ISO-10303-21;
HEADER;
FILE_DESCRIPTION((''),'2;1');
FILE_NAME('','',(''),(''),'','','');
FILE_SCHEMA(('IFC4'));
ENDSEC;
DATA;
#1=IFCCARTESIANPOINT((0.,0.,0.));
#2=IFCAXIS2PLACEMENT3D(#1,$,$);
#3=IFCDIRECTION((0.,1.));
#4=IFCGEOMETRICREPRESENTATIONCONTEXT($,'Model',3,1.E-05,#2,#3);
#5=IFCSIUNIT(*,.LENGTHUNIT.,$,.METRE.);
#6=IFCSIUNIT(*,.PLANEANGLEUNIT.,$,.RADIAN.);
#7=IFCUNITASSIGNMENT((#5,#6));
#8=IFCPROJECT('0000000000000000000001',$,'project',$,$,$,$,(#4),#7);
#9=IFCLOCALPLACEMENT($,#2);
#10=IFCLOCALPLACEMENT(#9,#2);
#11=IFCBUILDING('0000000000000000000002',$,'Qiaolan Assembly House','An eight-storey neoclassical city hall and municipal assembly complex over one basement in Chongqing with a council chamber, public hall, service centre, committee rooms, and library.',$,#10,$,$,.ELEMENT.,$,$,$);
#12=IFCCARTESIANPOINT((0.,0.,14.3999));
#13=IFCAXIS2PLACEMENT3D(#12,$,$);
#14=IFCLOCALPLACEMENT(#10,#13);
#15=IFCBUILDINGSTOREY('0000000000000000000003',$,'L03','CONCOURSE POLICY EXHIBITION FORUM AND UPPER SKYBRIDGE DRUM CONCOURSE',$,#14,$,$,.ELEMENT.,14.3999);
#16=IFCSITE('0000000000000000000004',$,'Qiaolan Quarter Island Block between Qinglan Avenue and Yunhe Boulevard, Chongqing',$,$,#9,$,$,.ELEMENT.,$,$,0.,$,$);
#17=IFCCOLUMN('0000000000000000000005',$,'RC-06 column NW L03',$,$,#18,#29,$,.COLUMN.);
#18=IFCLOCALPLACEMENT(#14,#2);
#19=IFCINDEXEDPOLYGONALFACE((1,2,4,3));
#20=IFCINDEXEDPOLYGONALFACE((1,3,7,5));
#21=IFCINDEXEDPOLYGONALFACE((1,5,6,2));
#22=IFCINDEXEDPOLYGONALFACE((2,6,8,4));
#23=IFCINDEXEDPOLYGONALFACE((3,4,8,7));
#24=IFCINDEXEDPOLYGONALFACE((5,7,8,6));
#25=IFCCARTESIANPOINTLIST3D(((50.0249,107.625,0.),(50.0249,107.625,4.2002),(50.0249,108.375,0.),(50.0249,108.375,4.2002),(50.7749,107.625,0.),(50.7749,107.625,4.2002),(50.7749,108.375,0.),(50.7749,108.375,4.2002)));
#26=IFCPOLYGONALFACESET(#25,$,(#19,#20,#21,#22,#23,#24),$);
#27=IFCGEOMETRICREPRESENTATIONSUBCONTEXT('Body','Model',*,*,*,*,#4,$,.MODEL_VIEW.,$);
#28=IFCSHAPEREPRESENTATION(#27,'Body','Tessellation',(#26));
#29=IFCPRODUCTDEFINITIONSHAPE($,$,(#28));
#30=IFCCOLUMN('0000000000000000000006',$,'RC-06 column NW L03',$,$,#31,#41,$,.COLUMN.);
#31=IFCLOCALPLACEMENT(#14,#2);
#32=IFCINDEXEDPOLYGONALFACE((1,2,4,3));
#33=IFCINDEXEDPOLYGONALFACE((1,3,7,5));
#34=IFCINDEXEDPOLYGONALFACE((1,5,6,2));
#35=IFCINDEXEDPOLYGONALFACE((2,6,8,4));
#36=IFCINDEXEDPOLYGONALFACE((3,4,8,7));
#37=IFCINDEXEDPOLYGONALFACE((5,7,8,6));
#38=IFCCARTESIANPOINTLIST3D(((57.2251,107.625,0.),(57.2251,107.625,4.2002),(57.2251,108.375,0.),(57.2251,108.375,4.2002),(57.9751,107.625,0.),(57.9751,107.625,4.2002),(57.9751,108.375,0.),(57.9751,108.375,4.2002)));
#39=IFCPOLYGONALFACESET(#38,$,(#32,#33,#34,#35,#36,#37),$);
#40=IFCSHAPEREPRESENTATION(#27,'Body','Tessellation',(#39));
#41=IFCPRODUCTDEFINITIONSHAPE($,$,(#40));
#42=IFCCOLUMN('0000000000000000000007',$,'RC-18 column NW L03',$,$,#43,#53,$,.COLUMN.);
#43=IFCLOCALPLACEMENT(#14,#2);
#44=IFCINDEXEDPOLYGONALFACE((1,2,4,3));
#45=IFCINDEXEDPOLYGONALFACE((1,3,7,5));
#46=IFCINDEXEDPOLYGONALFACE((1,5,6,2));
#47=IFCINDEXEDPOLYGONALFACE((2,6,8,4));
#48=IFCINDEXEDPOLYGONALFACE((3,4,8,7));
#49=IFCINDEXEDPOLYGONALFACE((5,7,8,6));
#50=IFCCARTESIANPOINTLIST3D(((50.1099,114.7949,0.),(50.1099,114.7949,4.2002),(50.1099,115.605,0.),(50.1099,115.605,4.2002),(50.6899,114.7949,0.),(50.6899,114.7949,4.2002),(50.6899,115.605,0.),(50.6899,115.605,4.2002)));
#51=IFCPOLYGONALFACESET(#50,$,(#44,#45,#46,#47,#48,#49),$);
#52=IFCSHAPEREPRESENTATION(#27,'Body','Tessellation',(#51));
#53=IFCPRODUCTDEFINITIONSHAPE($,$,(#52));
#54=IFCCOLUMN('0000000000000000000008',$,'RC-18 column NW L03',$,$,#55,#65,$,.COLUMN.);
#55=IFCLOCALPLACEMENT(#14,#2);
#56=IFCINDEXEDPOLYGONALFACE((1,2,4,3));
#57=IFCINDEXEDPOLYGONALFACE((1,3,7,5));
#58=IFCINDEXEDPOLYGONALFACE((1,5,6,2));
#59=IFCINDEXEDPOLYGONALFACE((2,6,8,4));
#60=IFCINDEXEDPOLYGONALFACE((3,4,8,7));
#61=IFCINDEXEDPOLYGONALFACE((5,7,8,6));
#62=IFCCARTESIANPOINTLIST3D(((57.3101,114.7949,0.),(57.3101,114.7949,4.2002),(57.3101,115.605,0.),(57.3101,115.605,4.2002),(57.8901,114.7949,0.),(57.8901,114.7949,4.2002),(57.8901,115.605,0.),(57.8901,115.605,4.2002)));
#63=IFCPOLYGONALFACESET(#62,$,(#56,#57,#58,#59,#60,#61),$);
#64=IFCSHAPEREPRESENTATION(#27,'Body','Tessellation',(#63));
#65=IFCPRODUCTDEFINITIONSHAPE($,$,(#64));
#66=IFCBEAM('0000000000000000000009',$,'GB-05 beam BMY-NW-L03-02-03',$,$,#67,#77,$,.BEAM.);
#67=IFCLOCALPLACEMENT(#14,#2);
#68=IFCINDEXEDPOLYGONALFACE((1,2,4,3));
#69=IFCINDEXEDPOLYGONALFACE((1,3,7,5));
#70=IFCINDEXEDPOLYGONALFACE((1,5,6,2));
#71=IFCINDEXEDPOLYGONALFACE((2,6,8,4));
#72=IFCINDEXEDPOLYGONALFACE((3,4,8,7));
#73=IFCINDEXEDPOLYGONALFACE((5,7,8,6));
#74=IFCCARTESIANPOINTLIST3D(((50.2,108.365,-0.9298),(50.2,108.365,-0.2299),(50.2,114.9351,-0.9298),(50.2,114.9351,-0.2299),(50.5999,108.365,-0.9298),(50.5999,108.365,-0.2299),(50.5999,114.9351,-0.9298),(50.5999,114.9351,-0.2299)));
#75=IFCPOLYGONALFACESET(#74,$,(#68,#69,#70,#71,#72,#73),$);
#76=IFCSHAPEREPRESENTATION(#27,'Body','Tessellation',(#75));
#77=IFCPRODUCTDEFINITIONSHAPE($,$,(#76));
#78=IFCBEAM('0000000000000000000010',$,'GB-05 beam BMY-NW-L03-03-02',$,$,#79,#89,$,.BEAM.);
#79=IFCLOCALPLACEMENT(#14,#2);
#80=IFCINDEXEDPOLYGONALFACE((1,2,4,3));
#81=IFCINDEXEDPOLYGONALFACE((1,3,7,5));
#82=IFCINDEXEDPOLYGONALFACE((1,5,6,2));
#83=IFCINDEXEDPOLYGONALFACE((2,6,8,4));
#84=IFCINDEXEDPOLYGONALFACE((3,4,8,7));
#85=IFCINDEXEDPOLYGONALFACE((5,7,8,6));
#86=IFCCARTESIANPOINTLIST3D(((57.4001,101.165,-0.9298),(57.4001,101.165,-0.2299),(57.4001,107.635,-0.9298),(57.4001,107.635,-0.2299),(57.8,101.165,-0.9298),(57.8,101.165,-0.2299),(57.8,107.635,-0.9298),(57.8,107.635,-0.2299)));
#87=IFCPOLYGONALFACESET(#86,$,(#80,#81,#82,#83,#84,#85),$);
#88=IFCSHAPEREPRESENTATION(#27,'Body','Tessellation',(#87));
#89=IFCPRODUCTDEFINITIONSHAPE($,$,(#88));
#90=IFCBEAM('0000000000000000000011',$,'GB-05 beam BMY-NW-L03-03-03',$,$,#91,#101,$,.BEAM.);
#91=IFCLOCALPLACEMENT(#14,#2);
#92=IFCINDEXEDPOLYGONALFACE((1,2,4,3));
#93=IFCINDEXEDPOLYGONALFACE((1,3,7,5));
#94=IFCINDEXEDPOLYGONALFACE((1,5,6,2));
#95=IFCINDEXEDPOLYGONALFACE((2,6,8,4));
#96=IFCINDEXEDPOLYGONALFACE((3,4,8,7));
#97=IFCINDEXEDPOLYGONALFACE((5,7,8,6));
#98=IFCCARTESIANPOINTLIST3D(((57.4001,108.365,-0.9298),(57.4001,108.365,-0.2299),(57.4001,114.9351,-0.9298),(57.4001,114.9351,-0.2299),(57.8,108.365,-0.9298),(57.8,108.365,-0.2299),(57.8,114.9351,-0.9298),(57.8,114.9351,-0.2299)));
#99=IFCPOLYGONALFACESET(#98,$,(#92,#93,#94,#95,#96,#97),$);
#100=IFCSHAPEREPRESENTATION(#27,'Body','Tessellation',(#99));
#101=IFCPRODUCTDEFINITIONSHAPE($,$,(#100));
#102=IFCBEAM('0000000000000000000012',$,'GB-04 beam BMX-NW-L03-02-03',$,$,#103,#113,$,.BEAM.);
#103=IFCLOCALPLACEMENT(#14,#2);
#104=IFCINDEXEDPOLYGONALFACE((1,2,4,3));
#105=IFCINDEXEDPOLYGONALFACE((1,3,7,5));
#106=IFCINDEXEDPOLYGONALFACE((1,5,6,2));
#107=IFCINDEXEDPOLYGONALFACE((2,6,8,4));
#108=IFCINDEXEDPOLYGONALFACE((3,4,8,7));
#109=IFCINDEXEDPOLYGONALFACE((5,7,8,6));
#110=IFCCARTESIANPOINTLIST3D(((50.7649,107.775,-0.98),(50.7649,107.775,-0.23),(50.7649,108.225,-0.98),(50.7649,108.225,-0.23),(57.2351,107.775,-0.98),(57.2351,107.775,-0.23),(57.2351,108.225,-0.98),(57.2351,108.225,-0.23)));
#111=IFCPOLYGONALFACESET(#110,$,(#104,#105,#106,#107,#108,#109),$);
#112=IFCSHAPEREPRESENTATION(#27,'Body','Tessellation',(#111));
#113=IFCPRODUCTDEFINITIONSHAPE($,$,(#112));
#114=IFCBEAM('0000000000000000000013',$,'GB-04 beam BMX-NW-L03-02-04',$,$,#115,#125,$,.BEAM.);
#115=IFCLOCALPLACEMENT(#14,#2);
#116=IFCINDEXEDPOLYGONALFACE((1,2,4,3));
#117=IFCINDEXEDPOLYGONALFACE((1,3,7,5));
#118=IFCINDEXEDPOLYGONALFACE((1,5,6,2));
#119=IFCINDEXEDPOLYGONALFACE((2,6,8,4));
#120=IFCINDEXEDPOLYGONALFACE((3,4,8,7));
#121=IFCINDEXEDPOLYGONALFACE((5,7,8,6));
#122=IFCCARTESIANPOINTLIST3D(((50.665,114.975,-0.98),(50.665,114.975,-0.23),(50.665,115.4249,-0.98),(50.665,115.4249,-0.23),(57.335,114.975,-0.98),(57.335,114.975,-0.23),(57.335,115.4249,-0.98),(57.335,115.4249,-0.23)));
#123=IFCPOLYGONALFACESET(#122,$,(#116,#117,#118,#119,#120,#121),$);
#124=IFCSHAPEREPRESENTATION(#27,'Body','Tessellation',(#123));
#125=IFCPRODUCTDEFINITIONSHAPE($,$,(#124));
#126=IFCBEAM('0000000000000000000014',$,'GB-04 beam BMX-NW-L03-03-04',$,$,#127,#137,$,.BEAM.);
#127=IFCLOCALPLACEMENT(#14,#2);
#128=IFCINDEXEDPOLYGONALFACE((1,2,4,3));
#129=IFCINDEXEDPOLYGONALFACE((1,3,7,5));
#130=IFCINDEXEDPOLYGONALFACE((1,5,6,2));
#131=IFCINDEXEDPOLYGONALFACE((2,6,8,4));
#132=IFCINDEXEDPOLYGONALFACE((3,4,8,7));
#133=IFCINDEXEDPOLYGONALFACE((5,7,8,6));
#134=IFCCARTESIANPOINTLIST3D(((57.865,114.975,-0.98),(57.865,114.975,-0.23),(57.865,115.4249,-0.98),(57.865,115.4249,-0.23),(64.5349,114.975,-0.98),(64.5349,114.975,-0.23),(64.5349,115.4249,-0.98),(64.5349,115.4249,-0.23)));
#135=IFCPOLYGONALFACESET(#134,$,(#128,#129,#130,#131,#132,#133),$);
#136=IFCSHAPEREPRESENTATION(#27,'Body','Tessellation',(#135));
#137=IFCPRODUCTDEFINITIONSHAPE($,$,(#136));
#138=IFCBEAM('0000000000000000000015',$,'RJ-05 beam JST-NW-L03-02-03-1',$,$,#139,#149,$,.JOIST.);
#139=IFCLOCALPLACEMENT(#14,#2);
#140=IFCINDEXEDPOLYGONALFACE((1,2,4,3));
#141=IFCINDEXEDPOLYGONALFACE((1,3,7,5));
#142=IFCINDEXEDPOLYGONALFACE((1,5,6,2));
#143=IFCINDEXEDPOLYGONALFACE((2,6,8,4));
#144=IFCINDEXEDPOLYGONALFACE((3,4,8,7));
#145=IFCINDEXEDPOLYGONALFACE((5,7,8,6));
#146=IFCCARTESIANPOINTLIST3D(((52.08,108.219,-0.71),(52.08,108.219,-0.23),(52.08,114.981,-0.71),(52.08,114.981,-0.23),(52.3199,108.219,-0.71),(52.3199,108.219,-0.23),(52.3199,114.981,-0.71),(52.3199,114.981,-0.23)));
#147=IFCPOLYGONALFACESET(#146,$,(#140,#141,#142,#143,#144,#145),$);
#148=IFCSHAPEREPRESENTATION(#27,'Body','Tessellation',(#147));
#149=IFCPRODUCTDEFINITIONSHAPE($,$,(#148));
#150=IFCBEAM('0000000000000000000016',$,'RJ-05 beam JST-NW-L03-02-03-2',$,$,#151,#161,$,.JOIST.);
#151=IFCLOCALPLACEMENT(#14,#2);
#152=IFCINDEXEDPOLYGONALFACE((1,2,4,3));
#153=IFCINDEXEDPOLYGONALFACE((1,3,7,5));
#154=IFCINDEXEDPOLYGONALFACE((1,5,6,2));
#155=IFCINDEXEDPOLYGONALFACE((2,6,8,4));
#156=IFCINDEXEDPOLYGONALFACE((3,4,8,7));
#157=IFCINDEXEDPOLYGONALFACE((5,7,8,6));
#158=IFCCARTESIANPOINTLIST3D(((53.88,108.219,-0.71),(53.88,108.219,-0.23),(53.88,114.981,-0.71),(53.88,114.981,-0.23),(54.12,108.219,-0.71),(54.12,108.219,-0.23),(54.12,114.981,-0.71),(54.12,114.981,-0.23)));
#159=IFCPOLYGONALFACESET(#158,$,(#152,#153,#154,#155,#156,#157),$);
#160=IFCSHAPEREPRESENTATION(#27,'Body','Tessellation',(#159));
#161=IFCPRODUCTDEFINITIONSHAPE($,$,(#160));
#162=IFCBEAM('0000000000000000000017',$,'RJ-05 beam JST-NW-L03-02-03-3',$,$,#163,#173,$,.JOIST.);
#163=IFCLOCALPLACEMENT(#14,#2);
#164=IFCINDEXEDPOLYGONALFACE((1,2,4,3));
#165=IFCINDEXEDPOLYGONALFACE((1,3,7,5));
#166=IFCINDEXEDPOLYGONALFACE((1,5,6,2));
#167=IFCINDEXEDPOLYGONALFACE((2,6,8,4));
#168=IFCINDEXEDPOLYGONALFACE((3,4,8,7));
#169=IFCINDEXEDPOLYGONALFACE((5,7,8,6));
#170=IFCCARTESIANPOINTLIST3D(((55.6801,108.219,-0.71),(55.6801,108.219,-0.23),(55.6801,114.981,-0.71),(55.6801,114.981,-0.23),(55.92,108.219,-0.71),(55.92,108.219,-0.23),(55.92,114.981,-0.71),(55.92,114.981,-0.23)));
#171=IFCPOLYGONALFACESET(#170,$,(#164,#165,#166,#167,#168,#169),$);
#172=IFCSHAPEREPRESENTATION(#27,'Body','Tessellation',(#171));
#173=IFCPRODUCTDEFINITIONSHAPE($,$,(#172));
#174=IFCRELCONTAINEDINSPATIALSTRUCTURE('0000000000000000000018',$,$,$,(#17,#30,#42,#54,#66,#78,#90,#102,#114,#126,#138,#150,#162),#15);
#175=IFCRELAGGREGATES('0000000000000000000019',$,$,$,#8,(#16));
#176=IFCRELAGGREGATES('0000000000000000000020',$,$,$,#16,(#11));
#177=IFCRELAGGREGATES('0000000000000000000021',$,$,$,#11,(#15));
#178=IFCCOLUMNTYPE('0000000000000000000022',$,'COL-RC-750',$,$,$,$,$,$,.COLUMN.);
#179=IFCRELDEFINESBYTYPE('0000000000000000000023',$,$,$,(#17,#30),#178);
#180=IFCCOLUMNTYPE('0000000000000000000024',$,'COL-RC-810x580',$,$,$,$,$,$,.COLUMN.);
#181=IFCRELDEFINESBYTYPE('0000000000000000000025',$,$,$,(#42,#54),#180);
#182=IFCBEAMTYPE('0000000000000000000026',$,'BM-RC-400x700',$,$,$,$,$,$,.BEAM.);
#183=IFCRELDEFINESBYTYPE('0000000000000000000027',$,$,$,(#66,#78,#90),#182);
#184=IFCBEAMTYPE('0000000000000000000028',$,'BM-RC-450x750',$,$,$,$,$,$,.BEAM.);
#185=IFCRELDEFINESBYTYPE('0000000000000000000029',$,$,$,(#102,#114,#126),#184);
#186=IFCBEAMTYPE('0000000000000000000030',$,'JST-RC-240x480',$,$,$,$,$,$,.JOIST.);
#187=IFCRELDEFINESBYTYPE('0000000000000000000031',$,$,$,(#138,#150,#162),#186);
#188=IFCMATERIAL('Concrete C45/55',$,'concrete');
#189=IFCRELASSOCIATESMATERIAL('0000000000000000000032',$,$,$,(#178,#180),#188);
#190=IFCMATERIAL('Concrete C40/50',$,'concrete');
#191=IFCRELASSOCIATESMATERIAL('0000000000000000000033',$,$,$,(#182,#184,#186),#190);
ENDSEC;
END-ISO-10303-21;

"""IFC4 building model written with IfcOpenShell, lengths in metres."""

from ifc_helpers import new_model, si_unit, direction, frame, origin, origin_2d, place, context, subcontext, project, spatial, rectangle, extrude, material, material_profile, profile_set, type_object, element, save


model = new_model("IFC4")

# Units and contexts
model_context = context("Model", 3, precision=1e-05, world=origin(), true_north=direction((0.0, 1.0)))
body_context = subcontext(model_context, "Body", "Model", "MODEL_VIEW")
ifc_project = project(units=[si_unit("LENGTHUNIT", "METRE"), si_unit("PLANEANGLEUNIT", "RADIAN")], contexts=[model_context])

# Site, building, storey
site_placement = place(None, origin())
site = spatial("IfcSite", under=ifc_project, at=site_placement, Name="Qiaolan Quarter Island Block between Qinglan Avenue and Yunhe Boulevard, Chongqing", CompositionType="ELEMENT", RefElevation=0.0)
building_placement = place(site_placement, origin())
building = spatial("IfcBuilding", under=site, at=building_placement, Name="Qiaolan Assembly House", Description="An eight-storey neoclassical city hall and municipal assembly complex over one basement in Chongqing with a council chamber, public hall, service centre, committee rooms, and library.", CompositionType="ELEMENT")
storey_placement = place(building_placement, frame((0.0, 0.0, 14.3999)))
storey = spatial("IfcBuildingStorey", under=building, at=storey_placement, Name="L03", Description="CONCOURSE POLICY EXHIBITION FORUM AND UPPER SKYBRIDGE DRUM CONCOURSE", CompositionType="ELEMENT", Elevation=14.3999)

# Columns
ifc_material_1 = material(Name="Concrete C45/55", Category="concrete")
ifc_material_profile_1 = material_profile(ifc_material_1, rectangle(XDim=0.75, YDim=0.75, at=origin_2d()), Name="RC 750x750")
ifc_profile_set_1 = profile_set([ifc_material_profile_1], Name="Concrete C45/55")
column_type_1 = type_object("IfcColumnType", Name="COL-RC-750", PredefinedType="COLUMN", material=ifc_profile_set_1)
for number, where, z_axis, x_axis, name in (
    (1, (50.3999, 108.0, 0.0), (0.0, 0.0, 1.0), (1.0, 0.0, 0.0), "RC-06 column NW L03"),
    (2, (57.6001, 108.0, 0.0), (0.0, 0.0, 1.0), (1.0, 0.0, 0.0), "RC-06 column NW L03"),
):
    element("IfcColumn", number, at=place(storey_placement, frame(where, z_axis=z_axis, x_axis=x_axis)), inside=storey, type_object=column_type_1, Name=name, PredefinedType="COLUMN", context=body_context, shape_type="SweptSolid", body=[
        extrude(rectangle(XDim=0.75, YDim=0.75, at=origin_2d()), origin(), (0.0, 0.0, 1.0), 4.2002),
    ])
ifc_material_profile_2 = material_profile(ifc_material_1, rectangle(XDim=0.5801, YDim=0.8101, at=origin_2d()), Name="RC 810x580")
ifc_profile_set_2 = profile_set([ifc_material_profile_2], Name="Concrete C45/55")
column_type_2 = type_object("IfcColumnType", Name="COL-RC-810x580", PredefinedType="COLUMN", material=ifc_profile_set_2)
for number, where, z_axis, x_axis, name in (
    (3, (50.3999, 115.2, 0.0), (0.0, 0.0, 1.0), (1.0, 0.0, 0.0), "RC-18 column NW L03"),
    (4, (57.6001, 115.2, 0.0), (0.0, 0.0, 1.0), (1.0, 0.0, 0.0), "RC-18 column NW L03"),
):
    element("IfcColumn", number, at=place(storey_placement, frame(where, z_axis=z_axis, x_axis=x_axis)), inside=storey, type_object=column_type_2, Name=name, PredefinedType="COLUMN", context=body_context, shape_type="SweptSolid", body=[
        extrude(rectangle(XDim=0.5801, YDim=0.8101, at=origin_2d()), origin(), (0.0, 0.0, 1.0), 4.2002),
    ])

# Beams
ifc_material_2 = material(Name="Concrete C40/50", Category="concrete")
ifc_material_profile_3 = material_profile(ifc_material_2, rectangle(XDim=0.3999, YDim=0.7, at=origin_2d()), Name="RCB 400x700")
ifc_profile_set_3 = profile_set([ifc_material_profile_3], Name="Concrete C40/50")
beam_type_1 = type_object("IfcBeamType", Name="BM-RC-400x700", PredefinedType="BEAM", material=ifc_profile_set_3)
beam_1_placement = place(storey_placement, frame((50.3999, 108.365, -0.5798), z_axis=(0.0, 1.0, 0.0), x_axis=(-1.0, 0.0, 0.0)))
element("IfcBeam", 5, at=beam_1_placement, inside=storey, type_object=beam_type_1, Name="GB-05 beam BMY-NW-L03-02-03", PredefinedType="BEAM", context=body_context, shape_type="SweptSolid", body=[
    extrude(rectangle(XDim=0.3999, YDim=0.7, at=origin_2d()), origin(), (0.0, 0.0, 1.0), 6.5701),
])
beam_2_placement = place(storey_placement, frame((57.6001, 101.165, -0.5798), z_axis=(0.0, 1.0, 0.0), x_axis=(-1.0, 0.0, 0.0)))
element("IfcBeam", 6, at=beam_2_placement, inside=storey, type_object=beam_type_1, Name="GB-05 beam BMY-NW-L03-03-02", PredefinedType="BEAM", context=body_context, shape_type="SweptSolid", body=[
    extrude(rectangle(XDim=0.3999, YDim=0.7, at=origin_2d()), origin(), (0.0, 0.0, 1.0), 6.47),
])
beam_3_placement = place(storey_placement, frame((57.6001, 108.365, -0.5798), z_axis=(0.0, 1.0, 0.0), x_axis=(-1.0, 0.0, 0.0)))
element("IfcBeam", 7, at=beam_3_placement, inside=storey, type_object=beam_type_1, Name="GB-05 beam BMY-NW-L03-03-03", PredefinedType="BEAM", context=body_context, shape_type="SweptSolid", body=[
    extrude(rectangle(XDim=0.3999, YDim=0.7, at=origin_2d()), origin(), (0.0, 0.0, 1.0), 6.5701),
])
ifc_material_profile_4 = material_profile(ifc_material_2, rectangle(XDim=0.45, YDim=0.75, at=origin_2d()), Name="RCB 450x750")
ifc_profile_set_4 = profile_set([ifc_material_profile_4], Name="Concrete C40/50")
beam_type_2 = type_object("IfcBeamType", Name="BM-RC-450x750", PredefinedType="BEAM", material=ifc_profile_set_4)
beam_4_placement = place(storey_placement, frame((50.7649, 108.0, -0.605), z_axis=(1.0, 0.0, 0.0), x_axis=(0.0, 1.0, 0.0)))
element("IfcBeam", 8, at=beam_4_placement, inside=storey, type_object=beam_type_2, Name="GB-04 beam BMX-NW-L03-02-03", PredefinedType="BEAM", context=body_context, shape_type="SweptSolid", body=[
    extrude(rectangle(XDim=0.45, YDim=0.75, at=origin_2d()), origin(), (0.0, 0.0, 1.0), 6.4702),
])
for number, where, z_axis, x_axis, name in (
    (9, (50.665, 115.2, -0.605), (1.0, 0.0, 0.0), (0.0, 1.0, 0.0), "GB-04 beam BMX-NW-L03-02-04"),
    (10, (57.865, 115.2, -0.605), (1.0, 0.0, 0.0), (0.0, 1.0, 0.0), "GB-04 beam BMX-NW-L03-03-04"),
):
    element("IfcBeam", number, at=place(storey_placement, frame(where, z_axis=z_axis, x_axis=x_axis)), inside=storey, type_object=beam_type_2, Name=name, PredefinedType="BEAM", context=body_context, shape_type="SweptSolid", body=[
        extrude(rectangle(XDim=0.45, YDim=0.75, at=origin_2d()), origin(), (0.0, 0.0, 1.0), 6.6699),
    ])
ifc_material_profile_5 = material_profile(ifc_material_2, rectangle(XDim=0.24, YDim=0.48, at=origin_2d()), Name="RCB 240x480")
ifc_profile_set_5 = profile_set([ifc_material_profile_5], Name="Concrete C40/50")
beam_type_3 = type_object("IfcBeamType", Name="JST-RC-240x480", PredefinedType="JOIST", material=ifc_profile_set_5)
for number, where, z_axis, x_axis, name in (
    (11, (52.2, 108.219, -0.47), (0.0, 1.0, 0.0), (-1.0, 0.0, 0.0), "RJ-05 beam JST-NW-L03-02-03-1"),
    (12, (54.0, 108.219, -0.47), (0.0, 1.0, 0.0), (-1.0, 0.0, 0.0), "RJ-05 beam JST-NW-L03-02-03-2"),
    (13, (55.8, 108.219, -0.47), (0.0, 1.0, 0.0), (-1.0, 0.0, 0.0), "RJ-05 beam JST-NW-L03-02-03-3"),
):
    element("IfcBeam", number, at=place(storey_placement, frame(where, z_axis=z_axis, x_axis=x_axis)), inside=storey, type_object=beam_type_3, Name=name, PredefinedType="JOIST", context=body_context, shape_type="SweptSolid", body=[
        extrude(rectangle(XDim=0.24, YDim=0.48, at=origin_2d()), origin(), (0.0, 0.0, 1.0), 6.762),
    ])

save(model, "model.ifc")
